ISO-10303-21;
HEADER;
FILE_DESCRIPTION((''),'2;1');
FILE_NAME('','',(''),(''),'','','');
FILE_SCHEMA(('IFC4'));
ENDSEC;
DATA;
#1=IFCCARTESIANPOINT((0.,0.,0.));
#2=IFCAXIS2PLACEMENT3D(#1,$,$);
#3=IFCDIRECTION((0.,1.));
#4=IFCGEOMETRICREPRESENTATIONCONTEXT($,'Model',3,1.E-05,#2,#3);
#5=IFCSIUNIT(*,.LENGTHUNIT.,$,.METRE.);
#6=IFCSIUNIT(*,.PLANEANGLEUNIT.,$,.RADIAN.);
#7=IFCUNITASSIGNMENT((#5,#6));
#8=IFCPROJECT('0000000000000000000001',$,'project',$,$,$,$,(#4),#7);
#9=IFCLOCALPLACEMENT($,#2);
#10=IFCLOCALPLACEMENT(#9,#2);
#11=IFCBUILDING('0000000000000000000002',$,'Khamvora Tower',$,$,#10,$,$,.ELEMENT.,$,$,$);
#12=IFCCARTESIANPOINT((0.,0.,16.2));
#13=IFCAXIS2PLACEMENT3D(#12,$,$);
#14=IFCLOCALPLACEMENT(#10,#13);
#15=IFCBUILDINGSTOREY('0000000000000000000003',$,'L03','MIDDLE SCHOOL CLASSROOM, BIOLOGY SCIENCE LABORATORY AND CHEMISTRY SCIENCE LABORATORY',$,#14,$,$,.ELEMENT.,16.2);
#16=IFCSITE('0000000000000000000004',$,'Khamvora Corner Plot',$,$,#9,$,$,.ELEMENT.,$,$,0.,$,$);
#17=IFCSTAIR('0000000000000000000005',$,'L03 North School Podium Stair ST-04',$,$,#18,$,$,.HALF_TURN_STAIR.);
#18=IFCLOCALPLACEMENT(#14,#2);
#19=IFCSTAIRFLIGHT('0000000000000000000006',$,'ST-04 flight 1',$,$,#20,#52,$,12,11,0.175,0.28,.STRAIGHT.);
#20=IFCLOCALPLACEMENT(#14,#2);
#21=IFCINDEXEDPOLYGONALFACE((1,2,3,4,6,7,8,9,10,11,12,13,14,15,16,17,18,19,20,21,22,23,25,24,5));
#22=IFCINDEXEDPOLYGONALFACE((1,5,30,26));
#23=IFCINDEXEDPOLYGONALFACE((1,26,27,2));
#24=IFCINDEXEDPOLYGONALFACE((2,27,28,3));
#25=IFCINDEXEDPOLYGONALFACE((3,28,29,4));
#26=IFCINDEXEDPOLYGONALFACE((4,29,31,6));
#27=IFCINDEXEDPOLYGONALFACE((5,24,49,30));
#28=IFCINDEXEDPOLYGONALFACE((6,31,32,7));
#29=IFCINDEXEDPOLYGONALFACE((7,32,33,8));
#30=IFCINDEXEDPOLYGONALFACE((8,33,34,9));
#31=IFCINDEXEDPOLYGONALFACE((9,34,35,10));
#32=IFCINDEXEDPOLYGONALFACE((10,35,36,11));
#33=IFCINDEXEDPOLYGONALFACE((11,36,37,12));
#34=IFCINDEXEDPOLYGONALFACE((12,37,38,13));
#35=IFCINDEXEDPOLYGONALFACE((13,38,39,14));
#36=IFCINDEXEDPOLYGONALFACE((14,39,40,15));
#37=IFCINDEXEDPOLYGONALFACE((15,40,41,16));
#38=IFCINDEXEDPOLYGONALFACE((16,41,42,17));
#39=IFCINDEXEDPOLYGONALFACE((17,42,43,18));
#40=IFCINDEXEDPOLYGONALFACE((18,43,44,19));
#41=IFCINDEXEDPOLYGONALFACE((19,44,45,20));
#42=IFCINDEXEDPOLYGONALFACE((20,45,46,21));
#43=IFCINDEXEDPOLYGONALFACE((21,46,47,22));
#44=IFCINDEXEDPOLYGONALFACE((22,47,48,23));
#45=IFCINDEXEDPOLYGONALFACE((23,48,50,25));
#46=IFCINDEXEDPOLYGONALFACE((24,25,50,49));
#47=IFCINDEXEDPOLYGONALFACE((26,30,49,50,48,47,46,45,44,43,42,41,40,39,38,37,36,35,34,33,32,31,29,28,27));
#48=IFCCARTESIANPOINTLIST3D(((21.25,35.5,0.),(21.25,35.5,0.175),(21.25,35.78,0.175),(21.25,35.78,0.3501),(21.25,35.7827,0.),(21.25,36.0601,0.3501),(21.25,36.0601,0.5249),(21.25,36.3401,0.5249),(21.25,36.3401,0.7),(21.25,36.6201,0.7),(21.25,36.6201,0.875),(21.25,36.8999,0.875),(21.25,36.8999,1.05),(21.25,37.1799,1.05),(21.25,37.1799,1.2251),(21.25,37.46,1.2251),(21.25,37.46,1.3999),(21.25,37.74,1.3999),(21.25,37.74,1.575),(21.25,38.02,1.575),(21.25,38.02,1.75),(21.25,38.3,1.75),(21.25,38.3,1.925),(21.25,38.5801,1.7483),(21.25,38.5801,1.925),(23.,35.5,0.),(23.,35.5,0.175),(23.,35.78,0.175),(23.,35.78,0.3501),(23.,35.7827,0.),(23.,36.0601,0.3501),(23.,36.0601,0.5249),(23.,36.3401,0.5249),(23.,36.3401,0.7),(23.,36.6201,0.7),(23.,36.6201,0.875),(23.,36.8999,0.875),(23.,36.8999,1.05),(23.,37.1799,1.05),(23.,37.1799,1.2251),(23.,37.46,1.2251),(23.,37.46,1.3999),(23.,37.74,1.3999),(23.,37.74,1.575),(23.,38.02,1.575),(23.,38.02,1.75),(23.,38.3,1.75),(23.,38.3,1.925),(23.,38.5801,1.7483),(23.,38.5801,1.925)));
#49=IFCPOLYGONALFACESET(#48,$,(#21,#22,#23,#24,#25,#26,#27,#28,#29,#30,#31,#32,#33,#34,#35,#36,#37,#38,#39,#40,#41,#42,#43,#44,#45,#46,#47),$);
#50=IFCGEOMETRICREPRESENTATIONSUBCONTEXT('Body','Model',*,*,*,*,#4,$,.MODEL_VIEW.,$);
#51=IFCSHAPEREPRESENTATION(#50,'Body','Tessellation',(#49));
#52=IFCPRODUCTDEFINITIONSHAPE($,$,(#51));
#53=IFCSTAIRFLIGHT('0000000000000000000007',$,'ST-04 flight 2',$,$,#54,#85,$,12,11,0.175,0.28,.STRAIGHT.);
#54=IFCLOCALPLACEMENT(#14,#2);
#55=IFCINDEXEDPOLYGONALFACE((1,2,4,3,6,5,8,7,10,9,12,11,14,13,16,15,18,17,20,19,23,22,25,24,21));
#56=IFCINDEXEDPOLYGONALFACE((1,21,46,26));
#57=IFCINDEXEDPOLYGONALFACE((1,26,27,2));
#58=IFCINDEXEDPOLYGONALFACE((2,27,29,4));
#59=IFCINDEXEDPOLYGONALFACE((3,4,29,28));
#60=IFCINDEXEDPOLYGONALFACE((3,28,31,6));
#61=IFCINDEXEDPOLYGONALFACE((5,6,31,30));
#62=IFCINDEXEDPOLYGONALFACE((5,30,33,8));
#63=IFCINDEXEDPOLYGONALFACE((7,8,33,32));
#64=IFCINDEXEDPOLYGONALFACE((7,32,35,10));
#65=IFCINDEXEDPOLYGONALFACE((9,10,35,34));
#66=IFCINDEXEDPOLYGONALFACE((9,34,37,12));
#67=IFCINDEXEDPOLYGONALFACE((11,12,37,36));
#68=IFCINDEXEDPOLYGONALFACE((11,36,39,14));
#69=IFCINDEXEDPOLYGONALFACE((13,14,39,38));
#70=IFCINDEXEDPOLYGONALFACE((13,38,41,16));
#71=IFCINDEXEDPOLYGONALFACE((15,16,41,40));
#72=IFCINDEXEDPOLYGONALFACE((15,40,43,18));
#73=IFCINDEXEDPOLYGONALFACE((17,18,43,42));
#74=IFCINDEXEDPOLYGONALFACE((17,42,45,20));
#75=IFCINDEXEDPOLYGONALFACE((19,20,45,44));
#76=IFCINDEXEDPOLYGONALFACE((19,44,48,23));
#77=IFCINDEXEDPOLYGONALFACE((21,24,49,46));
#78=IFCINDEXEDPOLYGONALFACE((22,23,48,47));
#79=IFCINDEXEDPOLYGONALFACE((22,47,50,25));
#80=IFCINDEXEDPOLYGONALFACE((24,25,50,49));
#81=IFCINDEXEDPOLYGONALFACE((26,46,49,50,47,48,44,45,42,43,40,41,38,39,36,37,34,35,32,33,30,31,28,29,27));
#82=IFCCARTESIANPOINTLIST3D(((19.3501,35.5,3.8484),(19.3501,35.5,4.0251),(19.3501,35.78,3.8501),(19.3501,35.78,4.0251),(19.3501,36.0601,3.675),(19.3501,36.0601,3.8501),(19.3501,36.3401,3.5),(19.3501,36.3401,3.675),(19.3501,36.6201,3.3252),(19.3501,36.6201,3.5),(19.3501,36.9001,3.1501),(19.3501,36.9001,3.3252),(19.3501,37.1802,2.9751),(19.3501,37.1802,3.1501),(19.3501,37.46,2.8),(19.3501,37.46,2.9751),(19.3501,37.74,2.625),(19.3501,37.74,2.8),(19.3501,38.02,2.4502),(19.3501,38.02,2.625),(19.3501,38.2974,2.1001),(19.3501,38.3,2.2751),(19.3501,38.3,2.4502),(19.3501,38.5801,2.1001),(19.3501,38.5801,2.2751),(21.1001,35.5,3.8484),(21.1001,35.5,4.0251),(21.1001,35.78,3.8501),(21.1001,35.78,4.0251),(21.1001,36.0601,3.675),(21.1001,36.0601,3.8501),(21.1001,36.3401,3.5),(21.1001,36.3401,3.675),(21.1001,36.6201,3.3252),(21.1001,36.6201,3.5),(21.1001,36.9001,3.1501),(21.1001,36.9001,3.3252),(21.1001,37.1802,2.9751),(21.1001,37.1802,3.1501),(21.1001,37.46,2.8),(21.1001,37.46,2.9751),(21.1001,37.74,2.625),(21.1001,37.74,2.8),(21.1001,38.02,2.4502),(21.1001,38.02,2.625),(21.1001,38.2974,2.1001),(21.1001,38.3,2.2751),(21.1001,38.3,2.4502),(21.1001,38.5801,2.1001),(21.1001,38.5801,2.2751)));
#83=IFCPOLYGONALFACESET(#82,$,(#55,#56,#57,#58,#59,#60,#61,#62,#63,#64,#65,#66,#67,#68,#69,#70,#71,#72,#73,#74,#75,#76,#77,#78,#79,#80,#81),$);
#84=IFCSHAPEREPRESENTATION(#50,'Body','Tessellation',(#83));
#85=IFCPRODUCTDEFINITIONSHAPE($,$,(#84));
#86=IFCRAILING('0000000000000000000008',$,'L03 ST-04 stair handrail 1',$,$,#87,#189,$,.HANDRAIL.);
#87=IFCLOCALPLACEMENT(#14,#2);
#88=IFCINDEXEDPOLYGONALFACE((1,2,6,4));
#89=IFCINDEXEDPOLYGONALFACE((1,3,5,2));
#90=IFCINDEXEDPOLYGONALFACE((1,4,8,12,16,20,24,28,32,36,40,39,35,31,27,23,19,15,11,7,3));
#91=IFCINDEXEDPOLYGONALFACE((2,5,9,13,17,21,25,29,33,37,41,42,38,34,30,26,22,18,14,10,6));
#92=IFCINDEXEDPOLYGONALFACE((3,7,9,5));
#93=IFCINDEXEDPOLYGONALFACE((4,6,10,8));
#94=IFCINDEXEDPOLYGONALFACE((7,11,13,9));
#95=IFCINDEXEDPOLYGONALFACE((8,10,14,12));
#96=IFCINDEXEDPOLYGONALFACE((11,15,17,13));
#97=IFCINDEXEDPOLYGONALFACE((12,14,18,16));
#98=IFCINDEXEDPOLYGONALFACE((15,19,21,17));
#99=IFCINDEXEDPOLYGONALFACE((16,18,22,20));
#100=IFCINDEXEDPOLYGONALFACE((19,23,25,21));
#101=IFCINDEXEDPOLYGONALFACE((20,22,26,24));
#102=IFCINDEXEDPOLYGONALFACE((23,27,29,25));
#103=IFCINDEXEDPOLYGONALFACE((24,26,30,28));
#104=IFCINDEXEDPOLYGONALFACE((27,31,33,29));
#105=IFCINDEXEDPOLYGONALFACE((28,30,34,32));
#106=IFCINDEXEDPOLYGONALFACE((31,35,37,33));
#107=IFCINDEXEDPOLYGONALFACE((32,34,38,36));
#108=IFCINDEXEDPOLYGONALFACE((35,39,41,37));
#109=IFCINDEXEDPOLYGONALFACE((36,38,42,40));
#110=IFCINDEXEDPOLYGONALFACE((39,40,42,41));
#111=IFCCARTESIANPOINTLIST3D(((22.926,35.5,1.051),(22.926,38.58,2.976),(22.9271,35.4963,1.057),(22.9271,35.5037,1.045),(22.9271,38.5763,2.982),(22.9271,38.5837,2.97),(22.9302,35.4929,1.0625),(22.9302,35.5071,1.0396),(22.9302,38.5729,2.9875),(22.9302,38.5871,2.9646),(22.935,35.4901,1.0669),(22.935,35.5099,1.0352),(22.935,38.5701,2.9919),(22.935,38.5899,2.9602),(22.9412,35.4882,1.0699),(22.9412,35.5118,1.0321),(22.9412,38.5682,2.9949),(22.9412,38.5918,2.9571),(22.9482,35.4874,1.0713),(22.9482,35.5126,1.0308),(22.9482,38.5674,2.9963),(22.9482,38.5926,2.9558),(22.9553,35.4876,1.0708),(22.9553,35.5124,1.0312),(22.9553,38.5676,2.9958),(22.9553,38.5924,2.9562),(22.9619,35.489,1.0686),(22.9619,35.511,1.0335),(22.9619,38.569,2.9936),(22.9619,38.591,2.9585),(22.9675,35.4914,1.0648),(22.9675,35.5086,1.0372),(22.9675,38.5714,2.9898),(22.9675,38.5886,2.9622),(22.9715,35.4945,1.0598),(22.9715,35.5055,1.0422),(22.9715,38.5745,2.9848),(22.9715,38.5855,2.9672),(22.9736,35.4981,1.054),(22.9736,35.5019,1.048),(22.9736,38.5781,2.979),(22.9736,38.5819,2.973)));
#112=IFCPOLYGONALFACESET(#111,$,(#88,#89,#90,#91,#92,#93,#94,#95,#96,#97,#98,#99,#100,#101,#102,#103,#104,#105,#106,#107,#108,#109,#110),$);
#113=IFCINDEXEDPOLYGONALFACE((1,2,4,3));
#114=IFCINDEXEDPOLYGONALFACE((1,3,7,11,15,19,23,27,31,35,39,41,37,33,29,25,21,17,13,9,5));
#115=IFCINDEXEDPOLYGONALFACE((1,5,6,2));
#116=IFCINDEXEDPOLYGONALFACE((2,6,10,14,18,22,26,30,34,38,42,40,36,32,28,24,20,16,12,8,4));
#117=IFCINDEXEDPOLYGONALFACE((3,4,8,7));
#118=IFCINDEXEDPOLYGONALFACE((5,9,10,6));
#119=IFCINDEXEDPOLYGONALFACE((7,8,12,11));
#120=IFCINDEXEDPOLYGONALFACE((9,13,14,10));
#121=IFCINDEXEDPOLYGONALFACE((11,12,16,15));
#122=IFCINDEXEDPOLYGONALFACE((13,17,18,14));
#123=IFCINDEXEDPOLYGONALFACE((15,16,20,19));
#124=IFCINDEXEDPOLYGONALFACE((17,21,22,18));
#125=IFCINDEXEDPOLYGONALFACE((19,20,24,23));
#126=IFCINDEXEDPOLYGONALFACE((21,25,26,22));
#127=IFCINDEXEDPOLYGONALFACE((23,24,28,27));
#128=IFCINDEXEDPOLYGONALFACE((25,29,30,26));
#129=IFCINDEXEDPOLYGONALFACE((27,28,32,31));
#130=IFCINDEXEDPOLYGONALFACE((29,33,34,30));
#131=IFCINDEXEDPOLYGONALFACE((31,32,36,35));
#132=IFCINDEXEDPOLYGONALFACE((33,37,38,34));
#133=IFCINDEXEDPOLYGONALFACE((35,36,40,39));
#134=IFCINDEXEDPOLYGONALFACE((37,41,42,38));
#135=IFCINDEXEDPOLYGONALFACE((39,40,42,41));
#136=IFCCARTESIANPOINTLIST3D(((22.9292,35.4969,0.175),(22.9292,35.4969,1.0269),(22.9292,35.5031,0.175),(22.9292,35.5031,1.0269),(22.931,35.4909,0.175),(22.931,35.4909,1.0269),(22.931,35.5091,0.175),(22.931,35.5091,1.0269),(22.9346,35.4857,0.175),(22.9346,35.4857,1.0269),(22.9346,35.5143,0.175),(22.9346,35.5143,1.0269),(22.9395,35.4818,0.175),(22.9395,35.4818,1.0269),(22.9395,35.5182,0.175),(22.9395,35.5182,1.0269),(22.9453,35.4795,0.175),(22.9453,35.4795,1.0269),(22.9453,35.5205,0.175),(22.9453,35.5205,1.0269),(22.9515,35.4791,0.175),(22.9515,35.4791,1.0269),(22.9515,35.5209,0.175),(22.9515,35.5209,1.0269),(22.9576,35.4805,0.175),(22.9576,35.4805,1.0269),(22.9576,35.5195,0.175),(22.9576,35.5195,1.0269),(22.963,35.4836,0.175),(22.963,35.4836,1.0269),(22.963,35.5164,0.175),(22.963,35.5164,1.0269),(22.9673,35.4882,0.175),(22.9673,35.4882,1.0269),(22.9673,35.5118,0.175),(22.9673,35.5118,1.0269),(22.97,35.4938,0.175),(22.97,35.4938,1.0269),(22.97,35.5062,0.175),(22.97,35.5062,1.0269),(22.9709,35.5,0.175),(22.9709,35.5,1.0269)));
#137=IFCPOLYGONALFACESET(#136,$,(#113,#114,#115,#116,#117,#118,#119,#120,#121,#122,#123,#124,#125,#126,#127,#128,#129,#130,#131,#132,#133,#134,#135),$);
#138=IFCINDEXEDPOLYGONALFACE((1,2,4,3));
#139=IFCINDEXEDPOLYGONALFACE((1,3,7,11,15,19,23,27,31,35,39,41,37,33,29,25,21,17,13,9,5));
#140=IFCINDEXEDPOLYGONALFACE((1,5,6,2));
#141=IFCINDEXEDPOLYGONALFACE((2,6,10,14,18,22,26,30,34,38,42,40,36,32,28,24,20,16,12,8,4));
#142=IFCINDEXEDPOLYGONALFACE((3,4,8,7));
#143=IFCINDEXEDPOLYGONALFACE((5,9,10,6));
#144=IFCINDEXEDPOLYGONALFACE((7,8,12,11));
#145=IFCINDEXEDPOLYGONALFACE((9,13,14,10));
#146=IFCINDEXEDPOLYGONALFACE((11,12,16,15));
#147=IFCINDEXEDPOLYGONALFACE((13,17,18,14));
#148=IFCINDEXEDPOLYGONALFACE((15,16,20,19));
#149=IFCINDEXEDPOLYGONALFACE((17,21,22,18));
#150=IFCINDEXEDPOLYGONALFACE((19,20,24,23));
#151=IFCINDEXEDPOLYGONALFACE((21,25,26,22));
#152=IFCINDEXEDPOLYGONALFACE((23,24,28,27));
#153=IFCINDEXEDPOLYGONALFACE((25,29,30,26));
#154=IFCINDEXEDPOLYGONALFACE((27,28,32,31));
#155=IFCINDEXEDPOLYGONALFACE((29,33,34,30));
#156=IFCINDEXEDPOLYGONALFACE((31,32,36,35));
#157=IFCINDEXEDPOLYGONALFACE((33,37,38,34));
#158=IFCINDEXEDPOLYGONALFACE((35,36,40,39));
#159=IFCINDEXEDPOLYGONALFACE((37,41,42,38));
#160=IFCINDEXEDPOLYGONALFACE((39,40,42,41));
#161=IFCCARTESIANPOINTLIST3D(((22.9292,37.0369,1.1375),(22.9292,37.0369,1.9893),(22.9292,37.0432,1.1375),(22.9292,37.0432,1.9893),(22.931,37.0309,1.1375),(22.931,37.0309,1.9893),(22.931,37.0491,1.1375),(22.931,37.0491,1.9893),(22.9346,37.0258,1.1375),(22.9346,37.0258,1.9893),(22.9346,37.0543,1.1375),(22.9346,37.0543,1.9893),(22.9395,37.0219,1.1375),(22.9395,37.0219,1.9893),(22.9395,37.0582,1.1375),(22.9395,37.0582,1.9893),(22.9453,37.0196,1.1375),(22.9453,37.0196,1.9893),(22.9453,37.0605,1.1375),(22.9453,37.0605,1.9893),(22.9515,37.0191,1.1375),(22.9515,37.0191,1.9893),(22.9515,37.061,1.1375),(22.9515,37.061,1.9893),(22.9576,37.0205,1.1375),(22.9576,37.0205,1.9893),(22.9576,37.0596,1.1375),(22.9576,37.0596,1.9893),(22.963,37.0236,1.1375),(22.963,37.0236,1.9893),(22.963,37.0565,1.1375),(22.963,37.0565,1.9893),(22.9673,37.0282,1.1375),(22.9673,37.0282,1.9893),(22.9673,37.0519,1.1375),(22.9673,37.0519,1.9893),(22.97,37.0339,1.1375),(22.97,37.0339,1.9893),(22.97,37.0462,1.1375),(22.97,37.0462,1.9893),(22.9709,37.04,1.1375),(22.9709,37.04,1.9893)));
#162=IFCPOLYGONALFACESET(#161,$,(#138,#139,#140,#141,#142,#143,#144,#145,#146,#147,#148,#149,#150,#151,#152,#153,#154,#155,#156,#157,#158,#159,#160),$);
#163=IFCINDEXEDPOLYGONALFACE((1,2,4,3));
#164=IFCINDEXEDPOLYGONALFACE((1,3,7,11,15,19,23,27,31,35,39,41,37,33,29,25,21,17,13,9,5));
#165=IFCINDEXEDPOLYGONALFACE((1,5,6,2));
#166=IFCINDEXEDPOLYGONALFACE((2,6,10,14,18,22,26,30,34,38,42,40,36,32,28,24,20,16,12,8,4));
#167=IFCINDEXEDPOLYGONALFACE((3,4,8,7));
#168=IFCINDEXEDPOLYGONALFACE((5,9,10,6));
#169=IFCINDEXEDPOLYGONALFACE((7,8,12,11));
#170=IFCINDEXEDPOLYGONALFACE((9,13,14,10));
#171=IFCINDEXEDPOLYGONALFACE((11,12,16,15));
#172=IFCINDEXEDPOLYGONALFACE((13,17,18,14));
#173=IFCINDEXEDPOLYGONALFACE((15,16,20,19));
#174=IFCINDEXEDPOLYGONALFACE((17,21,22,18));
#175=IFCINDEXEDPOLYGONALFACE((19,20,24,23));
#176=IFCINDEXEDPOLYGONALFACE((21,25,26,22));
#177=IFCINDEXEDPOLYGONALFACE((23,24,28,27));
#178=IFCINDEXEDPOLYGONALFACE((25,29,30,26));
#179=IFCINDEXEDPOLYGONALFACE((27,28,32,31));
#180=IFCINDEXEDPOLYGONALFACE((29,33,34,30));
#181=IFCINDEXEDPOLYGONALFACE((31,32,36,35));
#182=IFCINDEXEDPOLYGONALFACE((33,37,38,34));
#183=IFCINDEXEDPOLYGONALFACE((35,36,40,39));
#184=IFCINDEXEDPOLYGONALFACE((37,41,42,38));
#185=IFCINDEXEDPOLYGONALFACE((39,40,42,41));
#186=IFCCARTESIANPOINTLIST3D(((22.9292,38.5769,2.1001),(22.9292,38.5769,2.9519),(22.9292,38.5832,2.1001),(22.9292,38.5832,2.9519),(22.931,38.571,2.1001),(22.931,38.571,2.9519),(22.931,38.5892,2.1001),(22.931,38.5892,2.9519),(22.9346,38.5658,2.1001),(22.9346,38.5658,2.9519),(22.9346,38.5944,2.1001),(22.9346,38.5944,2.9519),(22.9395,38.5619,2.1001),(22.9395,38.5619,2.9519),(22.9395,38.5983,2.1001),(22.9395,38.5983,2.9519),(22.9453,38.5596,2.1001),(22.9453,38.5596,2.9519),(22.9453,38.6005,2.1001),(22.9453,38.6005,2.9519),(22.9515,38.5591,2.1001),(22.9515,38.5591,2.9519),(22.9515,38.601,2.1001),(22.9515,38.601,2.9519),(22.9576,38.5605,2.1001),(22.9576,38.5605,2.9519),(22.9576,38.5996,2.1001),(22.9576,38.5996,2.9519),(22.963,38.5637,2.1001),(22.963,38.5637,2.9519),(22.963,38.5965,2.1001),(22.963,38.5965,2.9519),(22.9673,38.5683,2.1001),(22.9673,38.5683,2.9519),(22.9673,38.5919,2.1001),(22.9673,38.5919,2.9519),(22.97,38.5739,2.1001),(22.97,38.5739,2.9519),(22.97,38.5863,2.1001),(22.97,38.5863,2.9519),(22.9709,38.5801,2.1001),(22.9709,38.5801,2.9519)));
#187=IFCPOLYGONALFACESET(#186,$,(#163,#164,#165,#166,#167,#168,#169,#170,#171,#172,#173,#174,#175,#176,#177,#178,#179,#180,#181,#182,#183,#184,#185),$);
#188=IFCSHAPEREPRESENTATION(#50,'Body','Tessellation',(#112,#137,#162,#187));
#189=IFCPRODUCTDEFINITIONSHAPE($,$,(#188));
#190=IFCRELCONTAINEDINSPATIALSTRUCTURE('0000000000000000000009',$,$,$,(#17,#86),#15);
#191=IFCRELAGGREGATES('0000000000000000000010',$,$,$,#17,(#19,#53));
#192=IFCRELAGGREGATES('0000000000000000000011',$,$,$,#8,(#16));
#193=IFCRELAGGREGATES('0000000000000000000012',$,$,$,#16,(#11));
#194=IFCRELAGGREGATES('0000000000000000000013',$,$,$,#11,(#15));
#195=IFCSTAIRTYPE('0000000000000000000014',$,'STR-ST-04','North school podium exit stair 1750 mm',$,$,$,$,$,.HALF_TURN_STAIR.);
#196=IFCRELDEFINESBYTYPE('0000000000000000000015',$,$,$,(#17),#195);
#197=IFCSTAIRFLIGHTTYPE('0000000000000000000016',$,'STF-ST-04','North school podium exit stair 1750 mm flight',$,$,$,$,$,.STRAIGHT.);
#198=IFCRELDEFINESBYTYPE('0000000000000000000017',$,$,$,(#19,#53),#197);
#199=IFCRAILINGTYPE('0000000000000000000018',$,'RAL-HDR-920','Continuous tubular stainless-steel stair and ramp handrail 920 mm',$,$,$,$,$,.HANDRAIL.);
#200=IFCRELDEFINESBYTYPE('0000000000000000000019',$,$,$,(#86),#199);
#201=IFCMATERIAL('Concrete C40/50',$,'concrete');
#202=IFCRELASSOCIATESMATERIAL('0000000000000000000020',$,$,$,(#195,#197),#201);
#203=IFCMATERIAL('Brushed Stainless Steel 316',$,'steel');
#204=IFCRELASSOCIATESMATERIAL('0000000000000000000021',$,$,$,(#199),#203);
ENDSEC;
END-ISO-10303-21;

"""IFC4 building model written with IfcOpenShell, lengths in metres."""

from ifc_helpers import new_model, si_unit, direction, frame, origin, origin_2d, place, context, subcontext, project, spatial, polyline, circle, outline, extrude, material, type_object, element, aggregate, save


model = new_model("IFC4")

# Units and contexts
model_context = context("Model", 3, precision=1e-05, world=origin(), true_north=direction((0.0, 1.0)))
body_context = subcontext(model_context, "Body", "Model", "MODEL_VIEW")
ifc_project = project(units=[si_unit("LENGTHUNIT", "METRE"), si_unit("PLANEANGLEUNIT", "RADIAN")], contexts=[model_context])

# Site, building, storey
site_placement = place(None, origin())
site = spatial("IfcSite", under=ifc_project, at=site_placement, Name="Khamvora Corner Plot", CompositionType="ELEMENT", RefElevation=0.0)
building_placement = place(site_placement, origin())
building = spatial("IfcBuilding", under=site, at=building_placement, Name="Khamvora Tower", CompositionType="ELEMENT")
storey_placement = place(building_placement, frame((0.0, 0.0, 16.2)))
storey = spatial("IfcBuildingStorey", under=building, at=storey_placement, Name="L03", Description="MIDDLE SCHOOL CLASSROOM, BIOLOGY SCIENCE LABORATORY AND CHEMISTRY SCIENCE LABORATORY", CompositionType="ELEMENT", Elevation=16.2)

# Shared definitions
ifc_material_1 = material(Name="Concrete C40/50", Category="concrete")

# Stair, stair flights
stair_type = type_object("IfcStairType", Name="STR-ST-04", Description="North school podium exit stair 1750 mm", PredefinedType="HALF_TURN_STAIR", material=ifc_material_1)
stair_placement = place(storey_placement, origin())
stair = element("IfcStair", 1, at=stair_placement, inside=storey, type_object=stair_type, Name="L03 North School Podium Stair ST-04", PredefinedType="HALF_TURN_STAIR")
stair_flight_type = type_object("IfcStairFlightType", Name="STF-ST-04", Description="North school podium exit stair 1750 mm flight", PredefinedType="STRAIGHT", material=ifc_material_1)
stair_flight_1_placement = place(storey_placement, frame((22.125, 35.5, 0.0), z_axis=(0.0, 0.0, 1.0), x_axis=(0.0, 1.0, 0.0)))
stair_flight_1 = element("IfcStairFlight", 2, at=stair_flight_1_placement, type_object=stair_flight_type, Name="ST-04 flight 1", NumberOfRisers=12, NumberOfTreads=11, PredefinedType="STRAIGHT", RiserHeight=0.175, TreadLength=0.28, context=body_context, shape_type="SweptSolid", body=[
    extrude(outline(polyline([(0.0, 0.0), (0.0, 0.175), (0.28, 0.175), (0.28, 0.3501), (0.5601, 0.3501), (0.5601, 0.5249), (0.8401, 0.5249), (0.8401, 0.7), (1.1201, 0.7), (1.1201, 0.875), (1.3999, 0.875), (1.3999, 1.05), (1.6799, 1.05), (1.6799, 1.2251), (1.96, 1.2251), (1.96, 1.3999), (2.24, 1.3999), (2.24, 1.575), (2.52, 1.575), (2.52, 1.75), (2.8, 1.75), (2.8, 1.925), (3.0801, 1.925), (3.0801, 2.1001), (3.0801, 1.7483), (0.2827, 0.0), (0.0, 0.0)])), frame((0.0, 0.875, 0.0), z_axis=(0.0, -1.0, 0.0), x_axis=(1.0, 0.0, 0.0)), (0.0, 0.0, 1.0), 1.75),
])
stair_flight_2_placement = place(storey_placement, frame((20.2251, 38.5801, 2.1001), z_axis=(0.0, 0.0, 1.0), x_axis=(0.0, -1.0, 0.0)))
stair_flight_2 = element("IfcStairFlight", 3, at=stair_flight_2_placement, type_object=stair_flight_type, Name="ST-04 flight 2", NumberOfRisers=12, NumberOfTreads=11, PredefinedType="STRAIGHT", RiserHeight=0.175, TreadLength=0.28, context=body_context, shape_type="SweptSolid", body=[
    extrude(outline(polyline([(0.0, 0.0), (0.0, 0.175), (0.28, 0.175), (0.28, 0.3501), (0.5601, 0.3501), (0.5601, 0.5249), (0.8401, 0.5249), (0.8401, 0.7), (1.1201, 0.7), (1.1201, 0.875), (1.3999, 0.875), (1.3999, 1.05), (1.6799, 1.05), (1.6799, 1.2251), (1.96, 1.2251), (1.96, 1.3999), (2.24, 1.3999), (2.24, 1.575), (2.52, 1.575), (2.52, 1.75), (2.8, 1.75), (2.8, 1.925), (3.0801, 1.925), (3.0801, 2.1001), (3.0801, 1.7483), (0.2827, 0.0), (0.0, 0.0)])), frame((0.0, 0.875, 0.0), z_axis=(0.0, -1.0, 0.0), x_axis=(1.0, 0.0, 0.0)), (0.0, 0.0, 1.0), 1.75),
])
aggregate(stair, [stair_flight_1, stair_flight_2])

# Railing
ifc_material_2 = material(Name="Brushed Stainless Steel 316", Category="steel")
railing_type_1 = type_object("IfcRailingType", Name="RAL-HDR-920", Description="Continuous tubular stainless-steel stair and ramp handrail 920 mm", PredefinedType="HANDRAIL", material=ifc_material_2)
railing_1_placement = place(storey_placement, frame((22.95, 35.5, 0.175)))
element("IfcRailing", 4, at=railing_1_placement, inside=storey, type_object=railing_type_1, Name="L03 ST-04 stair handrail 1", PredefinedType="HANDRAIL", context=body_context, shape_type="SweptSolid", body=[
    extrude(circle(Radius=0.0239, at=origin_2d()), frame((0.0, 0.0, 0.876), z_axis=(0.0, 0.847998, 0.529999), x_axis=(-1.0, 0.0, 0.0)), (0.0, 0.0, 1.0), 3.6321),
    extrude(circle(Radius=0.021, at=origin_2d()), origin(), (0.0, 0.0, 1.0), 0.8518),
    extrude(circle(Radius=0.021, at=origin_2d()), frame((0.0, 1.54, 0.9624)), (0.0, 0.0, 1.0), 0.8518),
    extrude(circle(Radius=0.021, at=origin_2d()), frame((0.0, 3.0801, 1.925)), (0.0, 0.0, 1.0), 0.8518),
])

save(model, "model.ifc")
